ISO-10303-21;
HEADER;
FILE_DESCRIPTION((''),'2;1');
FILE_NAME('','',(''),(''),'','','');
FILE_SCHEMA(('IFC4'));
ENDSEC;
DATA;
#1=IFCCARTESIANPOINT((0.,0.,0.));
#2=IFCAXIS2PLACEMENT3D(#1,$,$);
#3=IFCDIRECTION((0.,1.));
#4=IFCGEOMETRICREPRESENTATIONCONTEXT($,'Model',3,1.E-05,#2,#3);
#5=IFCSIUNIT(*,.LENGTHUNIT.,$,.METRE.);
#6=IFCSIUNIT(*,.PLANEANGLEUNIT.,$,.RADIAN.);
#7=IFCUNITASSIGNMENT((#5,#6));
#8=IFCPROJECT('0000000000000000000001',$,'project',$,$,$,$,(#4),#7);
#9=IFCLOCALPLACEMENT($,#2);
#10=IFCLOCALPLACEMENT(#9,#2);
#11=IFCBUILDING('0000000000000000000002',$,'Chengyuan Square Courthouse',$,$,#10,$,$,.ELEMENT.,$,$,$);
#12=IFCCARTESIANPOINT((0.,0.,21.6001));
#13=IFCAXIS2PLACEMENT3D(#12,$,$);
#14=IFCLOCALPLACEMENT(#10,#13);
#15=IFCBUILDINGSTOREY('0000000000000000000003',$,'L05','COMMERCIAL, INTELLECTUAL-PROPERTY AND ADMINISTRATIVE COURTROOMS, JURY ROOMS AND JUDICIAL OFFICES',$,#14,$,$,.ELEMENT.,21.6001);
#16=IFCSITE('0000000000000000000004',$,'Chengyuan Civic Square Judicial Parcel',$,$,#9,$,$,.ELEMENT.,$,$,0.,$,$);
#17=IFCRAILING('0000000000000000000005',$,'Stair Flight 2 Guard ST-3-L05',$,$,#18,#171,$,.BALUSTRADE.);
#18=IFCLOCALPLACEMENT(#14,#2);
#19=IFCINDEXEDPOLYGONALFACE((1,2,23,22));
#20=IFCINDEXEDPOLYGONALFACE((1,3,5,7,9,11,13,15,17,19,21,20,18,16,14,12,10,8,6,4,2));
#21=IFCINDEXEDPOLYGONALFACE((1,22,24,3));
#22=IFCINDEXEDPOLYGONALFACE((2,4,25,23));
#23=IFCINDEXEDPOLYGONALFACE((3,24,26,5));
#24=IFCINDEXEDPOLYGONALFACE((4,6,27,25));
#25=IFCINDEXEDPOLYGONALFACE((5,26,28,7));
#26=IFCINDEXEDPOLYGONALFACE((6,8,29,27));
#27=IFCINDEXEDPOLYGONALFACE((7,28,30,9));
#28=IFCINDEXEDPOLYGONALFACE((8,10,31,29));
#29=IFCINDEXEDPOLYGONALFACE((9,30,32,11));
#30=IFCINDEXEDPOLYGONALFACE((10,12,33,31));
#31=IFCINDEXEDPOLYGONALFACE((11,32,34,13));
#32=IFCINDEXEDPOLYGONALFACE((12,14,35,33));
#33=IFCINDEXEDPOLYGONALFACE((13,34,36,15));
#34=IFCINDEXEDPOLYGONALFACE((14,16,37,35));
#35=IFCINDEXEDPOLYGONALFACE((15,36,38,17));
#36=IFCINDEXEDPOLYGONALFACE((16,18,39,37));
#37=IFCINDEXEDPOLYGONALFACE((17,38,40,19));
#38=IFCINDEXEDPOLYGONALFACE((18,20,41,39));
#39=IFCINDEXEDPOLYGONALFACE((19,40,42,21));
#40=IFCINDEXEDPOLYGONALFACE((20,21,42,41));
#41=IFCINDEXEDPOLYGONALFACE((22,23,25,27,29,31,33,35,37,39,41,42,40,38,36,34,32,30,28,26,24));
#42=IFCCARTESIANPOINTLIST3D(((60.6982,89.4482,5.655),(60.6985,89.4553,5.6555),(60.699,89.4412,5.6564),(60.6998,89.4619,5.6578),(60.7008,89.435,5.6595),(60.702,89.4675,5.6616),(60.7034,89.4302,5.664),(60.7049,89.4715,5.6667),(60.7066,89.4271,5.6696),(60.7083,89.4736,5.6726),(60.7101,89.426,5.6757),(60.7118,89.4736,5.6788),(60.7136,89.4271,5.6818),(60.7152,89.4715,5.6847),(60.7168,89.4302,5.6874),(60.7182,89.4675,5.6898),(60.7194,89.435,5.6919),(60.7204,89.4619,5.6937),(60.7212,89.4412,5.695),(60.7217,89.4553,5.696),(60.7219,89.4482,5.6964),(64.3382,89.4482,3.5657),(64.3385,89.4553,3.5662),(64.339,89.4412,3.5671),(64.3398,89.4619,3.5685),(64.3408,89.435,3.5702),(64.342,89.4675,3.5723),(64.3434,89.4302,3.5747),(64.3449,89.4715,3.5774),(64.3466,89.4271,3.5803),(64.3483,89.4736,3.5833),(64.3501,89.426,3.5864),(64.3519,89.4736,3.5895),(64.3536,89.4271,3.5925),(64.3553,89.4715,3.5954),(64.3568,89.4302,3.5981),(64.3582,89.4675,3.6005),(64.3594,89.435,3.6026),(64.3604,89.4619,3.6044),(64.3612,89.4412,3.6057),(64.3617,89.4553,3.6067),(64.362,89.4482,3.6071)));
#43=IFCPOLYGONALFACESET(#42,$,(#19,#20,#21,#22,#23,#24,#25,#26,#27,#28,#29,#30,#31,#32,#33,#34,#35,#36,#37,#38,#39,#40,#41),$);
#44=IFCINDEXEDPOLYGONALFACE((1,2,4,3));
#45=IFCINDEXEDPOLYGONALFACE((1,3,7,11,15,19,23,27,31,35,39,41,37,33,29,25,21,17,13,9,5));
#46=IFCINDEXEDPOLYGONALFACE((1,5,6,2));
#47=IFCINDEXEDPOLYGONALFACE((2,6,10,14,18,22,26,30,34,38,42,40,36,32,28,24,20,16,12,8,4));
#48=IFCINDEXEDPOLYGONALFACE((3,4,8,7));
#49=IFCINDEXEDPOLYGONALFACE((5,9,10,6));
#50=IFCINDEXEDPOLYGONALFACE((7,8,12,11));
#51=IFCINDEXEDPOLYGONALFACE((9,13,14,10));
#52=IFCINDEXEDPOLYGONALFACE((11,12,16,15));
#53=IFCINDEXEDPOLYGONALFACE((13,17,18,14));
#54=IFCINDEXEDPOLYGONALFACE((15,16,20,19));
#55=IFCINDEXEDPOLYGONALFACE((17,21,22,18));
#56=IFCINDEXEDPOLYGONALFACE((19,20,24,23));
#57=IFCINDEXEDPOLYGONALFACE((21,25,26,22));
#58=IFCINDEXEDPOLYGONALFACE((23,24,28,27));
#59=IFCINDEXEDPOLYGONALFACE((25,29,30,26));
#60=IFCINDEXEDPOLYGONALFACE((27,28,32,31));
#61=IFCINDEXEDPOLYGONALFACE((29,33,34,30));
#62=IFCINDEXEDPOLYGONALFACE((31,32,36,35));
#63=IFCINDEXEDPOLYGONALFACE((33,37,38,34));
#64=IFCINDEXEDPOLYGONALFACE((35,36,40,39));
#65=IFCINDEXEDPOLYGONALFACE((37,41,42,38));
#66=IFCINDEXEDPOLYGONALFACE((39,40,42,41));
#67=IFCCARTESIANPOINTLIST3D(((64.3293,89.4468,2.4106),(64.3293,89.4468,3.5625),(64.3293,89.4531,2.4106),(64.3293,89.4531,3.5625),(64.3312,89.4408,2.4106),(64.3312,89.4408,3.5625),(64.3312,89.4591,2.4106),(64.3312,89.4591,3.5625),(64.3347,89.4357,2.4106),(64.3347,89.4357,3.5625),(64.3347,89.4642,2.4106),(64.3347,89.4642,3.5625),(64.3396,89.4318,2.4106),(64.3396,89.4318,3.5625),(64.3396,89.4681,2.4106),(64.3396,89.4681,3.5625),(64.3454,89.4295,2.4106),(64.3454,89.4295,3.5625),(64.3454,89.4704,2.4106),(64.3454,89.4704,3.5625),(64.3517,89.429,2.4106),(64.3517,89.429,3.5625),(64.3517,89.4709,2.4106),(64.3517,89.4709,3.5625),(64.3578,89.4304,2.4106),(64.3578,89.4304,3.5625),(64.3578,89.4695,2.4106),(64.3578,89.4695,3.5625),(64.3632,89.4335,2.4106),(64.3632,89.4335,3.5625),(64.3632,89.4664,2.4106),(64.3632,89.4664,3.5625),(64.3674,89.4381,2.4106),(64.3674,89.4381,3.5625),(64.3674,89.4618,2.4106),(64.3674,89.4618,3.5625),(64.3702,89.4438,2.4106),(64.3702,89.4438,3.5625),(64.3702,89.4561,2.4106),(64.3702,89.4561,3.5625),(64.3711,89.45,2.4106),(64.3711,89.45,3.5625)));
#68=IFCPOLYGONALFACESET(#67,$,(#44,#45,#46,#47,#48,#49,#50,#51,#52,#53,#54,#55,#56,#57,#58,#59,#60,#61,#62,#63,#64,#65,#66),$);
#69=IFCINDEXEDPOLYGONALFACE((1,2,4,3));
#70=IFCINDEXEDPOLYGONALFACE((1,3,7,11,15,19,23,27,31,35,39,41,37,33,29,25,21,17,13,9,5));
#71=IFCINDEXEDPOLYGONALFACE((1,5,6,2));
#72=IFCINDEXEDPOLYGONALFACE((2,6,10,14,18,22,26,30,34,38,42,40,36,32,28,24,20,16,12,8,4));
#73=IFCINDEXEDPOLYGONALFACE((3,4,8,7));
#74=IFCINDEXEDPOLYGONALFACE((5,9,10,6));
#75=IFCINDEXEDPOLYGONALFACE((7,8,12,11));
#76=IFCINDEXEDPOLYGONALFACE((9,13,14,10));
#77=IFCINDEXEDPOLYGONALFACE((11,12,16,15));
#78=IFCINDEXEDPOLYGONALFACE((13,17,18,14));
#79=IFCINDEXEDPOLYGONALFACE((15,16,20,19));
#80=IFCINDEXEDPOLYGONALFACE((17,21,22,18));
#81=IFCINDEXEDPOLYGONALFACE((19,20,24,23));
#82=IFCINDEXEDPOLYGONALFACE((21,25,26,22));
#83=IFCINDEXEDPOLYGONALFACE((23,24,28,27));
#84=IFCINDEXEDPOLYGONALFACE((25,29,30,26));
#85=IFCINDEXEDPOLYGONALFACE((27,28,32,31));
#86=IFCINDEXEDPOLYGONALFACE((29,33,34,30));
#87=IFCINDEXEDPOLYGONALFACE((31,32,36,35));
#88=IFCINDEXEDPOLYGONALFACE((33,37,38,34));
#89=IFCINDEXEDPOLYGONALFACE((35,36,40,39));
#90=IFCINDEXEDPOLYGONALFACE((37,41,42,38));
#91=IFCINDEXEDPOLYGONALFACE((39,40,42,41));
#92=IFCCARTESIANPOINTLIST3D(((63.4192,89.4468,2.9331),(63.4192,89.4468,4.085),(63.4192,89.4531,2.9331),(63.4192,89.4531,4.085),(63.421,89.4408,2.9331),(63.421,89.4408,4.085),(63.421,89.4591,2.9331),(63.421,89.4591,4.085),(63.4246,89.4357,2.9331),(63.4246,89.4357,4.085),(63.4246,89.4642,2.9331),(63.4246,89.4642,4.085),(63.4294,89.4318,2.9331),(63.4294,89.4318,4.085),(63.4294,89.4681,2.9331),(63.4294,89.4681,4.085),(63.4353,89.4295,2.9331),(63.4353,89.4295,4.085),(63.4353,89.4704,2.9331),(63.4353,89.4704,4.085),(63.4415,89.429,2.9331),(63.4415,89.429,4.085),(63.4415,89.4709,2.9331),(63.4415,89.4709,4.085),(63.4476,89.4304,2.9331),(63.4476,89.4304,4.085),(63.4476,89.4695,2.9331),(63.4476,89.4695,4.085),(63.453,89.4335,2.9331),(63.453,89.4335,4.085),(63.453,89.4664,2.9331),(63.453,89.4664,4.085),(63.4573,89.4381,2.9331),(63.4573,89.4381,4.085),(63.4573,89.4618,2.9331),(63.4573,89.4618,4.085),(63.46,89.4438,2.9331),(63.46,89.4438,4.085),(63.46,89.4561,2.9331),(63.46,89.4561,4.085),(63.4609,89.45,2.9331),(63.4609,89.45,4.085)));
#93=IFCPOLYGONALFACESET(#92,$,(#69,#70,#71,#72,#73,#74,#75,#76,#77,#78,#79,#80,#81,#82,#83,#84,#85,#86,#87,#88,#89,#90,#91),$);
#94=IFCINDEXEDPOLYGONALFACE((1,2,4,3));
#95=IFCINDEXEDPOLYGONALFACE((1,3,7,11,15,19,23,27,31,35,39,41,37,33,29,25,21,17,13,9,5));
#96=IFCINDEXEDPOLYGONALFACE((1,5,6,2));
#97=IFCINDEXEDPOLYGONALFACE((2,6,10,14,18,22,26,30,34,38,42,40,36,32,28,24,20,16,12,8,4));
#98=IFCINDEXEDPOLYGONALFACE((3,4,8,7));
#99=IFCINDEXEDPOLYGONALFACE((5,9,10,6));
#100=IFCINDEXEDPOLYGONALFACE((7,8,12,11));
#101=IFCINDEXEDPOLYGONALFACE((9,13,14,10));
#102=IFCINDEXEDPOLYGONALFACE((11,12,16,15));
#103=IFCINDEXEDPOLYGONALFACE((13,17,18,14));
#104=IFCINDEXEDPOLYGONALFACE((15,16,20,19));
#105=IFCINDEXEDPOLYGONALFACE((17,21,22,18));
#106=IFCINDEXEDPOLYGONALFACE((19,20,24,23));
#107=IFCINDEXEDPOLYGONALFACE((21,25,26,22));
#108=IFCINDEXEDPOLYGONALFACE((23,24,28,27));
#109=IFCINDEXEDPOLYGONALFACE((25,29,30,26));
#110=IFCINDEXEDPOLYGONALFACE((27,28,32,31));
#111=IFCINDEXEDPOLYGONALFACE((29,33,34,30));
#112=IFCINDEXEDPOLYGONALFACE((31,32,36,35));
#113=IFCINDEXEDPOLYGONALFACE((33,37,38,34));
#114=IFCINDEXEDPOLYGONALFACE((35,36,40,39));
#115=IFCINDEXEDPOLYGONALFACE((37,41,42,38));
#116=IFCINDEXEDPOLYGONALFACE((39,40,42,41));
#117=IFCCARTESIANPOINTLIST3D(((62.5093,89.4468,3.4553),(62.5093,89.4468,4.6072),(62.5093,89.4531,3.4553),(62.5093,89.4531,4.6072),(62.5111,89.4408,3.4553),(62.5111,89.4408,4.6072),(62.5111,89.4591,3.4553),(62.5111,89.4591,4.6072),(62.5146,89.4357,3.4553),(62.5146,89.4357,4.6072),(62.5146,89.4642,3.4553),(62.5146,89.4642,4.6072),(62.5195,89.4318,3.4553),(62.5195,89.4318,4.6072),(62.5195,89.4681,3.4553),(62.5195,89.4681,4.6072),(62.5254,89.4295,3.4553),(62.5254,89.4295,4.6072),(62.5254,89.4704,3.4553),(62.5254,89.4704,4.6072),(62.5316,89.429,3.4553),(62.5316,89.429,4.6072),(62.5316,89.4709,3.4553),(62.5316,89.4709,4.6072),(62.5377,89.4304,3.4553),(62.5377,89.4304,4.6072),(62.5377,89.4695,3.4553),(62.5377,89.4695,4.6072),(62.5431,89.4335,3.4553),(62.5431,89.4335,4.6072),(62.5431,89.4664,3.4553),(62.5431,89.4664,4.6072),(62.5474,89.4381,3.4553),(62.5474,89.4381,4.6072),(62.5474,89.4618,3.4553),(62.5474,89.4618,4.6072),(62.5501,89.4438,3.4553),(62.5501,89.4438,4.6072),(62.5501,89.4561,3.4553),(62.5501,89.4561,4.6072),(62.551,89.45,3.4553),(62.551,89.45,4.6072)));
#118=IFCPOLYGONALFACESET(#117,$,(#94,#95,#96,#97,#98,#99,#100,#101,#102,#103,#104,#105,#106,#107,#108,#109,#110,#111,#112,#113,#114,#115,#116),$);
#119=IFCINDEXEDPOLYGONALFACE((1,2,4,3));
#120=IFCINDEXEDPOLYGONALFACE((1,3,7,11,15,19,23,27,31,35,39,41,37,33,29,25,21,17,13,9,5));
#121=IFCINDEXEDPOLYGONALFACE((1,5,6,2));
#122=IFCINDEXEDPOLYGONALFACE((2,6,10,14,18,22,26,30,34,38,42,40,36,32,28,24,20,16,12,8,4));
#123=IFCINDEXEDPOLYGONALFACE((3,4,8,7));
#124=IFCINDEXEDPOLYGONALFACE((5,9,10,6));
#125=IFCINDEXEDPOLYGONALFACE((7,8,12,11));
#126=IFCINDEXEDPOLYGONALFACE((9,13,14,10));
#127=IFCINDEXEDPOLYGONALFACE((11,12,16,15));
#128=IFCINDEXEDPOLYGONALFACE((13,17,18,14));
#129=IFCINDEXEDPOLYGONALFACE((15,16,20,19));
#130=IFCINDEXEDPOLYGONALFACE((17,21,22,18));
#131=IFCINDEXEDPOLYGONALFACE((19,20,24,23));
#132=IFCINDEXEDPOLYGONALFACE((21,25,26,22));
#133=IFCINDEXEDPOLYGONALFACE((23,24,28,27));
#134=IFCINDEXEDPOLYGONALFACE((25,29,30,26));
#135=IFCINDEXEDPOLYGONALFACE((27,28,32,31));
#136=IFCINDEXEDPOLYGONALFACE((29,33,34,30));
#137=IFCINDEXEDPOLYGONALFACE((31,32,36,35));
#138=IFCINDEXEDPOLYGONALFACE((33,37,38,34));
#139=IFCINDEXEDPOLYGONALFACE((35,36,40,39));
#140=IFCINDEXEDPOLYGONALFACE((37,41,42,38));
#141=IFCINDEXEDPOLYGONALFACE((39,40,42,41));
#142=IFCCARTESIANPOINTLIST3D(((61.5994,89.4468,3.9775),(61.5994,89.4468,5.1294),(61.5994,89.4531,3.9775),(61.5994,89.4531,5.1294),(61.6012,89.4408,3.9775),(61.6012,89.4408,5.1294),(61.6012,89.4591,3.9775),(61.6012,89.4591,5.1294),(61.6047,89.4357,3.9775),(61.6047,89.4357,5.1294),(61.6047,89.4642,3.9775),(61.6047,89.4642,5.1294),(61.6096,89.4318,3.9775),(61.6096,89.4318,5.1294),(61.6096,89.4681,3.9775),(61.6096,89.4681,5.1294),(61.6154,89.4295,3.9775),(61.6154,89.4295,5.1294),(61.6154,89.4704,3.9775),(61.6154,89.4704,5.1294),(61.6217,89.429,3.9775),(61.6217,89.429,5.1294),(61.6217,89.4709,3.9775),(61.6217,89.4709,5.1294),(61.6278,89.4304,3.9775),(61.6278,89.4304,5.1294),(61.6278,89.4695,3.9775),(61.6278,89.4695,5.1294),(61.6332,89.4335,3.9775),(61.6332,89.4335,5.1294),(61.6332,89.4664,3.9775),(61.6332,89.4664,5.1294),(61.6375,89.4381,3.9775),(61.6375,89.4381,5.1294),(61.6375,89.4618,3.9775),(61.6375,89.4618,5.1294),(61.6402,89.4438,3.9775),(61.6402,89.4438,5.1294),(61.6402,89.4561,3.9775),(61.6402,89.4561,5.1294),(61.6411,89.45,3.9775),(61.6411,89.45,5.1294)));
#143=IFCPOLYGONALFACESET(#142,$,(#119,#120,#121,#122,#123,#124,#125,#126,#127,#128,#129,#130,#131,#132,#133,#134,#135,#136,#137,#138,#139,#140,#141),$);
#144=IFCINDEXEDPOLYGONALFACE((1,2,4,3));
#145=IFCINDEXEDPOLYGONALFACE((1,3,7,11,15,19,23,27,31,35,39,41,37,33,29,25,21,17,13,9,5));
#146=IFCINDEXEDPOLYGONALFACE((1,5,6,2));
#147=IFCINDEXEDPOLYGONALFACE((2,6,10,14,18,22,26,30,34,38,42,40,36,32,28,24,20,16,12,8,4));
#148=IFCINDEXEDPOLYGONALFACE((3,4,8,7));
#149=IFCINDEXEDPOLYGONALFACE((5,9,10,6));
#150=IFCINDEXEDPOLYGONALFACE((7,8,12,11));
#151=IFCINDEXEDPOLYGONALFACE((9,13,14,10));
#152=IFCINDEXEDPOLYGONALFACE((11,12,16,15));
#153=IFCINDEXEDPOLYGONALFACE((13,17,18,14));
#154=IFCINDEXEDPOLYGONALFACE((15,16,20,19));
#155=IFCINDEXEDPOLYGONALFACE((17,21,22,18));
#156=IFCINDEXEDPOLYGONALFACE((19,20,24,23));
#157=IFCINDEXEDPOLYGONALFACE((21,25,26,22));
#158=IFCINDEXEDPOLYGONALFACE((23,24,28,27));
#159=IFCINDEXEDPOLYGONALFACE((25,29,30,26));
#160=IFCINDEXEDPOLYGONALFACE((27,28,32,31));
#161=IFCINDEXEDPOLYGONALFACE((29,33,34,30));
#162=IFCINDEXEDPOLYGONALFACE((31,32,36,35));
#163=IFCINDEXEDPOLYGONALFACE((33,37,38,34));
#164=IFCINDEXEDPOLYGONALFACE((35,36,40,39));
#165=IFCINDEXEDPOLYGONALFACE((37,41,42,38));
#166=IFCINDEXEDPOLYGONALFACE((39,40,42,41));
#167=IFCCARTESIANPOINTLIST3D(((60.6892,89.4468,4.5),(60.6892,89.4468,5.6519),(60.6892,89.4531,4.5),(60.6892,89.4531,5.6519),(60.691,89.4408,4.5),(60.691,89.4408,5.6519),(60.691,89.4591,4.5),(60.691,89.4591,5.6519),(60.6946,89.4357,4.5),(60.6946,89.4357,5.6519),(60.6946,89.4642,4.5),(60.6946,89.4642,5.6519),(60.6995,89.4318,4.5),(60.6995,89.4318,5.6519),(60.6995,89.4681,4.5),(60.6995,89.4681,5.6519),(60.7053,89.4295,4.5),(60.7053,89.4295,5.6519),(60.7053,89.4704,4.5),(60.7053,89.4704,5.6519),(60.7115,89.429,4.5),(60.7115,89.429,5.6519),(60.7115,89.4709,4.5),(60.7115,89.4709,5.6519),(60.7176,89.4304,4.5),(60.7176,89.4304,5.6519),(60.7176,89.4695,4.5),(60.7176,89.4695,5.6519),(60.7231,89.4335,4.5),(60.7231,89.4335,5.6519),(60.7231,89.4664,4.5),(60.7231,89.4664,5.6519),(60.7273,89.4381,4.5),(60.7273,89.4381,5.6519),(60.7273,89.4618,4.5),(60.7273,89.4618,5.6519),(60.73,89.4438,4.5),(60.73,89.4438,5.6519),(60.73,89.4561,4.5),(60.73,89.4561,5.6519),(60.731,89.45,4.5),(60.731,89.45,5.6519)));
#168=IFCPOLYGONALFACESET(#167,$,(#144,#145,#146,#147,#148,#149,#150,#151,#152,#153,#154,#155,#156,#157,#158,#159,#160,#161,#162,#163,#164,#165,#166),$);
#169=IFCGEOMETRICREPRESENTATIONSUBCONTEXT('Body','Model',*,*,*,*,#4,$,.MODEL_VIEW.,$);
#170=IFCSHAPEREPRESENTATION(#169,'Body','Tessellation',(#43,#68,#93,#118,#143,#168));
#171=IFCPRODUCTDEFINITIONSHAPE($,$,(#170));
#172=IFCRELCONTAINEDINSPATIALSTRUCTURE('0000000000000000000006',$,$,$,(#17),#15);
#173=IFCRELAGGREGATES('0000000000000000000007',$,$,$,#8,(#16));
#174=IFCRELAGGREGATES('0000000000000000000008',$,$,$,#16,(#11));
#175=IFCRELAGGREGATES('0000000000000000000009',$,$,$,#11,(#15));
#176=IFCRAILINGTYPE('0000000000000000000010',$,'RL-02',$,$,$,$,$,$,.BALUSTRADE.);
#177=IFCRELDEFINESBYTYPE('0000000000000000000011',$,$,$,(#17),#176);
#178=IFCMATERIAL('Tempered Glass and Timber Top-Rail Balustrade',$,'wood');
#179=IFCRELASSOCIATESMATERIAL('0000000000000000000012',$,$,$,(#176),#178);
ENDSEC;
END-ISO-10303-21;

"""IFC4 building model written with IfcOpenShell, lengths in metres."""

from ifc_helpers import new_model, si_unit, direction, frame, origin, origin_2d, place, context, subcontext, project, spatial, circle, extrude, material, type_object, element, save


model = new_model("IFC4")

# Units and contexts
model_context = context("Model", 3, precision=1e-05, world=origin(), true_north=direction((0.0, 1.0)))
body_context = subcontext(model_context, "Body", "Model", "MODEL_VIEW")
ifc_project = project(units=[si_unit("LENGTHUNIT", "METRE"), si_unit("PLANEANGLEUNIT", "RADIAN")], contexts=[model_context])

# Site, building, storey
site_placement = place(None, origin())
site = spatial("IfcSite", under=ifc_project, at=site_placement, Name="Chengyuan Civic Square Judicial Parcel", CompositionType="ELEMENT", RefElevation=0.0)
building_placement = place(site_placement, origin())
building = spatial("IfcBuilding", under=site, at=building_placement, Name="Chengyuan Square Courthouse", CompositionType="ELEMENT")
storey_placement = place(building_placement, frame((0.0, 0.0, 21.6001)))
storey = spatial("IfcBuildingStorey", under=building, at=storey_placement, Name="L05", Description="COMMERCIAL, INTELLECTUAL-PROPERTY AND ADMINISTRATIVE COURTROOMS, JURY ROOMS AND JUDICIAL OFFICES", CompositionType="ELEMENT", Elevation=21.6001)

# Railing
ifc_material_1 = material(Name="Tempered Glass and Timber Top-Rail Balustrade", Category="wood")
railing_type_1 = type_object("IfcRailingType", Name="RL-02", PredefinedType="BALUSTRADE", material=ifc_material_1)
railing_1_placement = place(storey_placement, frame((64.3501, 89.45, 2.4106)))
element("IfcRailing", 1, at=railing_1_placement, inside=storey, type_object=railing_type_1, Name="Stair Flight 2 Guard ST-3-L05", PredefinedType="BALUSTRADE", context=body_context, shape_type="SweptSolid", body=[
    extrude(circle(Radius=0.0239, at=origin_2d()), frame((0.0, 0.0, 1.1758), z_axis=(-0.867289, 0.0, 0.497804), x_axis=(0.0, -1.0, 0.0)), (0.0, 0.0, 1.0), 4.197),
    extrude(circle(Radius=0.021, at=origin_2d()), origin(), (0.0, 0.0, 1.0), 1.1519),
    extrude(circle(Radius=0.021, at=origin_2d()), frame((-0.9102, 0.0, 0.5225)), (0.0, 0.0, 1.0), 1.1519),
    extrude(circle(Radius=0.021, at=origin_2d()), frame((-1.8201, 0.0, 1.0447)), (0.0, 0.0, 1.0), 1.1519),
    extrude(circle(Radius=0.021, at=origin_2d()), frame((-2.73, 0.0, 1.5669)), (0.0, 0.0, 1.0), 1.1519),
    extrude(circle(Radius=0.021, at=origin_2d()), frame((-3.6401, 0.0, 2.0894)), (0.0, 0.0, 1.0), 1.1519),
])

save(model, "model.ifc")
